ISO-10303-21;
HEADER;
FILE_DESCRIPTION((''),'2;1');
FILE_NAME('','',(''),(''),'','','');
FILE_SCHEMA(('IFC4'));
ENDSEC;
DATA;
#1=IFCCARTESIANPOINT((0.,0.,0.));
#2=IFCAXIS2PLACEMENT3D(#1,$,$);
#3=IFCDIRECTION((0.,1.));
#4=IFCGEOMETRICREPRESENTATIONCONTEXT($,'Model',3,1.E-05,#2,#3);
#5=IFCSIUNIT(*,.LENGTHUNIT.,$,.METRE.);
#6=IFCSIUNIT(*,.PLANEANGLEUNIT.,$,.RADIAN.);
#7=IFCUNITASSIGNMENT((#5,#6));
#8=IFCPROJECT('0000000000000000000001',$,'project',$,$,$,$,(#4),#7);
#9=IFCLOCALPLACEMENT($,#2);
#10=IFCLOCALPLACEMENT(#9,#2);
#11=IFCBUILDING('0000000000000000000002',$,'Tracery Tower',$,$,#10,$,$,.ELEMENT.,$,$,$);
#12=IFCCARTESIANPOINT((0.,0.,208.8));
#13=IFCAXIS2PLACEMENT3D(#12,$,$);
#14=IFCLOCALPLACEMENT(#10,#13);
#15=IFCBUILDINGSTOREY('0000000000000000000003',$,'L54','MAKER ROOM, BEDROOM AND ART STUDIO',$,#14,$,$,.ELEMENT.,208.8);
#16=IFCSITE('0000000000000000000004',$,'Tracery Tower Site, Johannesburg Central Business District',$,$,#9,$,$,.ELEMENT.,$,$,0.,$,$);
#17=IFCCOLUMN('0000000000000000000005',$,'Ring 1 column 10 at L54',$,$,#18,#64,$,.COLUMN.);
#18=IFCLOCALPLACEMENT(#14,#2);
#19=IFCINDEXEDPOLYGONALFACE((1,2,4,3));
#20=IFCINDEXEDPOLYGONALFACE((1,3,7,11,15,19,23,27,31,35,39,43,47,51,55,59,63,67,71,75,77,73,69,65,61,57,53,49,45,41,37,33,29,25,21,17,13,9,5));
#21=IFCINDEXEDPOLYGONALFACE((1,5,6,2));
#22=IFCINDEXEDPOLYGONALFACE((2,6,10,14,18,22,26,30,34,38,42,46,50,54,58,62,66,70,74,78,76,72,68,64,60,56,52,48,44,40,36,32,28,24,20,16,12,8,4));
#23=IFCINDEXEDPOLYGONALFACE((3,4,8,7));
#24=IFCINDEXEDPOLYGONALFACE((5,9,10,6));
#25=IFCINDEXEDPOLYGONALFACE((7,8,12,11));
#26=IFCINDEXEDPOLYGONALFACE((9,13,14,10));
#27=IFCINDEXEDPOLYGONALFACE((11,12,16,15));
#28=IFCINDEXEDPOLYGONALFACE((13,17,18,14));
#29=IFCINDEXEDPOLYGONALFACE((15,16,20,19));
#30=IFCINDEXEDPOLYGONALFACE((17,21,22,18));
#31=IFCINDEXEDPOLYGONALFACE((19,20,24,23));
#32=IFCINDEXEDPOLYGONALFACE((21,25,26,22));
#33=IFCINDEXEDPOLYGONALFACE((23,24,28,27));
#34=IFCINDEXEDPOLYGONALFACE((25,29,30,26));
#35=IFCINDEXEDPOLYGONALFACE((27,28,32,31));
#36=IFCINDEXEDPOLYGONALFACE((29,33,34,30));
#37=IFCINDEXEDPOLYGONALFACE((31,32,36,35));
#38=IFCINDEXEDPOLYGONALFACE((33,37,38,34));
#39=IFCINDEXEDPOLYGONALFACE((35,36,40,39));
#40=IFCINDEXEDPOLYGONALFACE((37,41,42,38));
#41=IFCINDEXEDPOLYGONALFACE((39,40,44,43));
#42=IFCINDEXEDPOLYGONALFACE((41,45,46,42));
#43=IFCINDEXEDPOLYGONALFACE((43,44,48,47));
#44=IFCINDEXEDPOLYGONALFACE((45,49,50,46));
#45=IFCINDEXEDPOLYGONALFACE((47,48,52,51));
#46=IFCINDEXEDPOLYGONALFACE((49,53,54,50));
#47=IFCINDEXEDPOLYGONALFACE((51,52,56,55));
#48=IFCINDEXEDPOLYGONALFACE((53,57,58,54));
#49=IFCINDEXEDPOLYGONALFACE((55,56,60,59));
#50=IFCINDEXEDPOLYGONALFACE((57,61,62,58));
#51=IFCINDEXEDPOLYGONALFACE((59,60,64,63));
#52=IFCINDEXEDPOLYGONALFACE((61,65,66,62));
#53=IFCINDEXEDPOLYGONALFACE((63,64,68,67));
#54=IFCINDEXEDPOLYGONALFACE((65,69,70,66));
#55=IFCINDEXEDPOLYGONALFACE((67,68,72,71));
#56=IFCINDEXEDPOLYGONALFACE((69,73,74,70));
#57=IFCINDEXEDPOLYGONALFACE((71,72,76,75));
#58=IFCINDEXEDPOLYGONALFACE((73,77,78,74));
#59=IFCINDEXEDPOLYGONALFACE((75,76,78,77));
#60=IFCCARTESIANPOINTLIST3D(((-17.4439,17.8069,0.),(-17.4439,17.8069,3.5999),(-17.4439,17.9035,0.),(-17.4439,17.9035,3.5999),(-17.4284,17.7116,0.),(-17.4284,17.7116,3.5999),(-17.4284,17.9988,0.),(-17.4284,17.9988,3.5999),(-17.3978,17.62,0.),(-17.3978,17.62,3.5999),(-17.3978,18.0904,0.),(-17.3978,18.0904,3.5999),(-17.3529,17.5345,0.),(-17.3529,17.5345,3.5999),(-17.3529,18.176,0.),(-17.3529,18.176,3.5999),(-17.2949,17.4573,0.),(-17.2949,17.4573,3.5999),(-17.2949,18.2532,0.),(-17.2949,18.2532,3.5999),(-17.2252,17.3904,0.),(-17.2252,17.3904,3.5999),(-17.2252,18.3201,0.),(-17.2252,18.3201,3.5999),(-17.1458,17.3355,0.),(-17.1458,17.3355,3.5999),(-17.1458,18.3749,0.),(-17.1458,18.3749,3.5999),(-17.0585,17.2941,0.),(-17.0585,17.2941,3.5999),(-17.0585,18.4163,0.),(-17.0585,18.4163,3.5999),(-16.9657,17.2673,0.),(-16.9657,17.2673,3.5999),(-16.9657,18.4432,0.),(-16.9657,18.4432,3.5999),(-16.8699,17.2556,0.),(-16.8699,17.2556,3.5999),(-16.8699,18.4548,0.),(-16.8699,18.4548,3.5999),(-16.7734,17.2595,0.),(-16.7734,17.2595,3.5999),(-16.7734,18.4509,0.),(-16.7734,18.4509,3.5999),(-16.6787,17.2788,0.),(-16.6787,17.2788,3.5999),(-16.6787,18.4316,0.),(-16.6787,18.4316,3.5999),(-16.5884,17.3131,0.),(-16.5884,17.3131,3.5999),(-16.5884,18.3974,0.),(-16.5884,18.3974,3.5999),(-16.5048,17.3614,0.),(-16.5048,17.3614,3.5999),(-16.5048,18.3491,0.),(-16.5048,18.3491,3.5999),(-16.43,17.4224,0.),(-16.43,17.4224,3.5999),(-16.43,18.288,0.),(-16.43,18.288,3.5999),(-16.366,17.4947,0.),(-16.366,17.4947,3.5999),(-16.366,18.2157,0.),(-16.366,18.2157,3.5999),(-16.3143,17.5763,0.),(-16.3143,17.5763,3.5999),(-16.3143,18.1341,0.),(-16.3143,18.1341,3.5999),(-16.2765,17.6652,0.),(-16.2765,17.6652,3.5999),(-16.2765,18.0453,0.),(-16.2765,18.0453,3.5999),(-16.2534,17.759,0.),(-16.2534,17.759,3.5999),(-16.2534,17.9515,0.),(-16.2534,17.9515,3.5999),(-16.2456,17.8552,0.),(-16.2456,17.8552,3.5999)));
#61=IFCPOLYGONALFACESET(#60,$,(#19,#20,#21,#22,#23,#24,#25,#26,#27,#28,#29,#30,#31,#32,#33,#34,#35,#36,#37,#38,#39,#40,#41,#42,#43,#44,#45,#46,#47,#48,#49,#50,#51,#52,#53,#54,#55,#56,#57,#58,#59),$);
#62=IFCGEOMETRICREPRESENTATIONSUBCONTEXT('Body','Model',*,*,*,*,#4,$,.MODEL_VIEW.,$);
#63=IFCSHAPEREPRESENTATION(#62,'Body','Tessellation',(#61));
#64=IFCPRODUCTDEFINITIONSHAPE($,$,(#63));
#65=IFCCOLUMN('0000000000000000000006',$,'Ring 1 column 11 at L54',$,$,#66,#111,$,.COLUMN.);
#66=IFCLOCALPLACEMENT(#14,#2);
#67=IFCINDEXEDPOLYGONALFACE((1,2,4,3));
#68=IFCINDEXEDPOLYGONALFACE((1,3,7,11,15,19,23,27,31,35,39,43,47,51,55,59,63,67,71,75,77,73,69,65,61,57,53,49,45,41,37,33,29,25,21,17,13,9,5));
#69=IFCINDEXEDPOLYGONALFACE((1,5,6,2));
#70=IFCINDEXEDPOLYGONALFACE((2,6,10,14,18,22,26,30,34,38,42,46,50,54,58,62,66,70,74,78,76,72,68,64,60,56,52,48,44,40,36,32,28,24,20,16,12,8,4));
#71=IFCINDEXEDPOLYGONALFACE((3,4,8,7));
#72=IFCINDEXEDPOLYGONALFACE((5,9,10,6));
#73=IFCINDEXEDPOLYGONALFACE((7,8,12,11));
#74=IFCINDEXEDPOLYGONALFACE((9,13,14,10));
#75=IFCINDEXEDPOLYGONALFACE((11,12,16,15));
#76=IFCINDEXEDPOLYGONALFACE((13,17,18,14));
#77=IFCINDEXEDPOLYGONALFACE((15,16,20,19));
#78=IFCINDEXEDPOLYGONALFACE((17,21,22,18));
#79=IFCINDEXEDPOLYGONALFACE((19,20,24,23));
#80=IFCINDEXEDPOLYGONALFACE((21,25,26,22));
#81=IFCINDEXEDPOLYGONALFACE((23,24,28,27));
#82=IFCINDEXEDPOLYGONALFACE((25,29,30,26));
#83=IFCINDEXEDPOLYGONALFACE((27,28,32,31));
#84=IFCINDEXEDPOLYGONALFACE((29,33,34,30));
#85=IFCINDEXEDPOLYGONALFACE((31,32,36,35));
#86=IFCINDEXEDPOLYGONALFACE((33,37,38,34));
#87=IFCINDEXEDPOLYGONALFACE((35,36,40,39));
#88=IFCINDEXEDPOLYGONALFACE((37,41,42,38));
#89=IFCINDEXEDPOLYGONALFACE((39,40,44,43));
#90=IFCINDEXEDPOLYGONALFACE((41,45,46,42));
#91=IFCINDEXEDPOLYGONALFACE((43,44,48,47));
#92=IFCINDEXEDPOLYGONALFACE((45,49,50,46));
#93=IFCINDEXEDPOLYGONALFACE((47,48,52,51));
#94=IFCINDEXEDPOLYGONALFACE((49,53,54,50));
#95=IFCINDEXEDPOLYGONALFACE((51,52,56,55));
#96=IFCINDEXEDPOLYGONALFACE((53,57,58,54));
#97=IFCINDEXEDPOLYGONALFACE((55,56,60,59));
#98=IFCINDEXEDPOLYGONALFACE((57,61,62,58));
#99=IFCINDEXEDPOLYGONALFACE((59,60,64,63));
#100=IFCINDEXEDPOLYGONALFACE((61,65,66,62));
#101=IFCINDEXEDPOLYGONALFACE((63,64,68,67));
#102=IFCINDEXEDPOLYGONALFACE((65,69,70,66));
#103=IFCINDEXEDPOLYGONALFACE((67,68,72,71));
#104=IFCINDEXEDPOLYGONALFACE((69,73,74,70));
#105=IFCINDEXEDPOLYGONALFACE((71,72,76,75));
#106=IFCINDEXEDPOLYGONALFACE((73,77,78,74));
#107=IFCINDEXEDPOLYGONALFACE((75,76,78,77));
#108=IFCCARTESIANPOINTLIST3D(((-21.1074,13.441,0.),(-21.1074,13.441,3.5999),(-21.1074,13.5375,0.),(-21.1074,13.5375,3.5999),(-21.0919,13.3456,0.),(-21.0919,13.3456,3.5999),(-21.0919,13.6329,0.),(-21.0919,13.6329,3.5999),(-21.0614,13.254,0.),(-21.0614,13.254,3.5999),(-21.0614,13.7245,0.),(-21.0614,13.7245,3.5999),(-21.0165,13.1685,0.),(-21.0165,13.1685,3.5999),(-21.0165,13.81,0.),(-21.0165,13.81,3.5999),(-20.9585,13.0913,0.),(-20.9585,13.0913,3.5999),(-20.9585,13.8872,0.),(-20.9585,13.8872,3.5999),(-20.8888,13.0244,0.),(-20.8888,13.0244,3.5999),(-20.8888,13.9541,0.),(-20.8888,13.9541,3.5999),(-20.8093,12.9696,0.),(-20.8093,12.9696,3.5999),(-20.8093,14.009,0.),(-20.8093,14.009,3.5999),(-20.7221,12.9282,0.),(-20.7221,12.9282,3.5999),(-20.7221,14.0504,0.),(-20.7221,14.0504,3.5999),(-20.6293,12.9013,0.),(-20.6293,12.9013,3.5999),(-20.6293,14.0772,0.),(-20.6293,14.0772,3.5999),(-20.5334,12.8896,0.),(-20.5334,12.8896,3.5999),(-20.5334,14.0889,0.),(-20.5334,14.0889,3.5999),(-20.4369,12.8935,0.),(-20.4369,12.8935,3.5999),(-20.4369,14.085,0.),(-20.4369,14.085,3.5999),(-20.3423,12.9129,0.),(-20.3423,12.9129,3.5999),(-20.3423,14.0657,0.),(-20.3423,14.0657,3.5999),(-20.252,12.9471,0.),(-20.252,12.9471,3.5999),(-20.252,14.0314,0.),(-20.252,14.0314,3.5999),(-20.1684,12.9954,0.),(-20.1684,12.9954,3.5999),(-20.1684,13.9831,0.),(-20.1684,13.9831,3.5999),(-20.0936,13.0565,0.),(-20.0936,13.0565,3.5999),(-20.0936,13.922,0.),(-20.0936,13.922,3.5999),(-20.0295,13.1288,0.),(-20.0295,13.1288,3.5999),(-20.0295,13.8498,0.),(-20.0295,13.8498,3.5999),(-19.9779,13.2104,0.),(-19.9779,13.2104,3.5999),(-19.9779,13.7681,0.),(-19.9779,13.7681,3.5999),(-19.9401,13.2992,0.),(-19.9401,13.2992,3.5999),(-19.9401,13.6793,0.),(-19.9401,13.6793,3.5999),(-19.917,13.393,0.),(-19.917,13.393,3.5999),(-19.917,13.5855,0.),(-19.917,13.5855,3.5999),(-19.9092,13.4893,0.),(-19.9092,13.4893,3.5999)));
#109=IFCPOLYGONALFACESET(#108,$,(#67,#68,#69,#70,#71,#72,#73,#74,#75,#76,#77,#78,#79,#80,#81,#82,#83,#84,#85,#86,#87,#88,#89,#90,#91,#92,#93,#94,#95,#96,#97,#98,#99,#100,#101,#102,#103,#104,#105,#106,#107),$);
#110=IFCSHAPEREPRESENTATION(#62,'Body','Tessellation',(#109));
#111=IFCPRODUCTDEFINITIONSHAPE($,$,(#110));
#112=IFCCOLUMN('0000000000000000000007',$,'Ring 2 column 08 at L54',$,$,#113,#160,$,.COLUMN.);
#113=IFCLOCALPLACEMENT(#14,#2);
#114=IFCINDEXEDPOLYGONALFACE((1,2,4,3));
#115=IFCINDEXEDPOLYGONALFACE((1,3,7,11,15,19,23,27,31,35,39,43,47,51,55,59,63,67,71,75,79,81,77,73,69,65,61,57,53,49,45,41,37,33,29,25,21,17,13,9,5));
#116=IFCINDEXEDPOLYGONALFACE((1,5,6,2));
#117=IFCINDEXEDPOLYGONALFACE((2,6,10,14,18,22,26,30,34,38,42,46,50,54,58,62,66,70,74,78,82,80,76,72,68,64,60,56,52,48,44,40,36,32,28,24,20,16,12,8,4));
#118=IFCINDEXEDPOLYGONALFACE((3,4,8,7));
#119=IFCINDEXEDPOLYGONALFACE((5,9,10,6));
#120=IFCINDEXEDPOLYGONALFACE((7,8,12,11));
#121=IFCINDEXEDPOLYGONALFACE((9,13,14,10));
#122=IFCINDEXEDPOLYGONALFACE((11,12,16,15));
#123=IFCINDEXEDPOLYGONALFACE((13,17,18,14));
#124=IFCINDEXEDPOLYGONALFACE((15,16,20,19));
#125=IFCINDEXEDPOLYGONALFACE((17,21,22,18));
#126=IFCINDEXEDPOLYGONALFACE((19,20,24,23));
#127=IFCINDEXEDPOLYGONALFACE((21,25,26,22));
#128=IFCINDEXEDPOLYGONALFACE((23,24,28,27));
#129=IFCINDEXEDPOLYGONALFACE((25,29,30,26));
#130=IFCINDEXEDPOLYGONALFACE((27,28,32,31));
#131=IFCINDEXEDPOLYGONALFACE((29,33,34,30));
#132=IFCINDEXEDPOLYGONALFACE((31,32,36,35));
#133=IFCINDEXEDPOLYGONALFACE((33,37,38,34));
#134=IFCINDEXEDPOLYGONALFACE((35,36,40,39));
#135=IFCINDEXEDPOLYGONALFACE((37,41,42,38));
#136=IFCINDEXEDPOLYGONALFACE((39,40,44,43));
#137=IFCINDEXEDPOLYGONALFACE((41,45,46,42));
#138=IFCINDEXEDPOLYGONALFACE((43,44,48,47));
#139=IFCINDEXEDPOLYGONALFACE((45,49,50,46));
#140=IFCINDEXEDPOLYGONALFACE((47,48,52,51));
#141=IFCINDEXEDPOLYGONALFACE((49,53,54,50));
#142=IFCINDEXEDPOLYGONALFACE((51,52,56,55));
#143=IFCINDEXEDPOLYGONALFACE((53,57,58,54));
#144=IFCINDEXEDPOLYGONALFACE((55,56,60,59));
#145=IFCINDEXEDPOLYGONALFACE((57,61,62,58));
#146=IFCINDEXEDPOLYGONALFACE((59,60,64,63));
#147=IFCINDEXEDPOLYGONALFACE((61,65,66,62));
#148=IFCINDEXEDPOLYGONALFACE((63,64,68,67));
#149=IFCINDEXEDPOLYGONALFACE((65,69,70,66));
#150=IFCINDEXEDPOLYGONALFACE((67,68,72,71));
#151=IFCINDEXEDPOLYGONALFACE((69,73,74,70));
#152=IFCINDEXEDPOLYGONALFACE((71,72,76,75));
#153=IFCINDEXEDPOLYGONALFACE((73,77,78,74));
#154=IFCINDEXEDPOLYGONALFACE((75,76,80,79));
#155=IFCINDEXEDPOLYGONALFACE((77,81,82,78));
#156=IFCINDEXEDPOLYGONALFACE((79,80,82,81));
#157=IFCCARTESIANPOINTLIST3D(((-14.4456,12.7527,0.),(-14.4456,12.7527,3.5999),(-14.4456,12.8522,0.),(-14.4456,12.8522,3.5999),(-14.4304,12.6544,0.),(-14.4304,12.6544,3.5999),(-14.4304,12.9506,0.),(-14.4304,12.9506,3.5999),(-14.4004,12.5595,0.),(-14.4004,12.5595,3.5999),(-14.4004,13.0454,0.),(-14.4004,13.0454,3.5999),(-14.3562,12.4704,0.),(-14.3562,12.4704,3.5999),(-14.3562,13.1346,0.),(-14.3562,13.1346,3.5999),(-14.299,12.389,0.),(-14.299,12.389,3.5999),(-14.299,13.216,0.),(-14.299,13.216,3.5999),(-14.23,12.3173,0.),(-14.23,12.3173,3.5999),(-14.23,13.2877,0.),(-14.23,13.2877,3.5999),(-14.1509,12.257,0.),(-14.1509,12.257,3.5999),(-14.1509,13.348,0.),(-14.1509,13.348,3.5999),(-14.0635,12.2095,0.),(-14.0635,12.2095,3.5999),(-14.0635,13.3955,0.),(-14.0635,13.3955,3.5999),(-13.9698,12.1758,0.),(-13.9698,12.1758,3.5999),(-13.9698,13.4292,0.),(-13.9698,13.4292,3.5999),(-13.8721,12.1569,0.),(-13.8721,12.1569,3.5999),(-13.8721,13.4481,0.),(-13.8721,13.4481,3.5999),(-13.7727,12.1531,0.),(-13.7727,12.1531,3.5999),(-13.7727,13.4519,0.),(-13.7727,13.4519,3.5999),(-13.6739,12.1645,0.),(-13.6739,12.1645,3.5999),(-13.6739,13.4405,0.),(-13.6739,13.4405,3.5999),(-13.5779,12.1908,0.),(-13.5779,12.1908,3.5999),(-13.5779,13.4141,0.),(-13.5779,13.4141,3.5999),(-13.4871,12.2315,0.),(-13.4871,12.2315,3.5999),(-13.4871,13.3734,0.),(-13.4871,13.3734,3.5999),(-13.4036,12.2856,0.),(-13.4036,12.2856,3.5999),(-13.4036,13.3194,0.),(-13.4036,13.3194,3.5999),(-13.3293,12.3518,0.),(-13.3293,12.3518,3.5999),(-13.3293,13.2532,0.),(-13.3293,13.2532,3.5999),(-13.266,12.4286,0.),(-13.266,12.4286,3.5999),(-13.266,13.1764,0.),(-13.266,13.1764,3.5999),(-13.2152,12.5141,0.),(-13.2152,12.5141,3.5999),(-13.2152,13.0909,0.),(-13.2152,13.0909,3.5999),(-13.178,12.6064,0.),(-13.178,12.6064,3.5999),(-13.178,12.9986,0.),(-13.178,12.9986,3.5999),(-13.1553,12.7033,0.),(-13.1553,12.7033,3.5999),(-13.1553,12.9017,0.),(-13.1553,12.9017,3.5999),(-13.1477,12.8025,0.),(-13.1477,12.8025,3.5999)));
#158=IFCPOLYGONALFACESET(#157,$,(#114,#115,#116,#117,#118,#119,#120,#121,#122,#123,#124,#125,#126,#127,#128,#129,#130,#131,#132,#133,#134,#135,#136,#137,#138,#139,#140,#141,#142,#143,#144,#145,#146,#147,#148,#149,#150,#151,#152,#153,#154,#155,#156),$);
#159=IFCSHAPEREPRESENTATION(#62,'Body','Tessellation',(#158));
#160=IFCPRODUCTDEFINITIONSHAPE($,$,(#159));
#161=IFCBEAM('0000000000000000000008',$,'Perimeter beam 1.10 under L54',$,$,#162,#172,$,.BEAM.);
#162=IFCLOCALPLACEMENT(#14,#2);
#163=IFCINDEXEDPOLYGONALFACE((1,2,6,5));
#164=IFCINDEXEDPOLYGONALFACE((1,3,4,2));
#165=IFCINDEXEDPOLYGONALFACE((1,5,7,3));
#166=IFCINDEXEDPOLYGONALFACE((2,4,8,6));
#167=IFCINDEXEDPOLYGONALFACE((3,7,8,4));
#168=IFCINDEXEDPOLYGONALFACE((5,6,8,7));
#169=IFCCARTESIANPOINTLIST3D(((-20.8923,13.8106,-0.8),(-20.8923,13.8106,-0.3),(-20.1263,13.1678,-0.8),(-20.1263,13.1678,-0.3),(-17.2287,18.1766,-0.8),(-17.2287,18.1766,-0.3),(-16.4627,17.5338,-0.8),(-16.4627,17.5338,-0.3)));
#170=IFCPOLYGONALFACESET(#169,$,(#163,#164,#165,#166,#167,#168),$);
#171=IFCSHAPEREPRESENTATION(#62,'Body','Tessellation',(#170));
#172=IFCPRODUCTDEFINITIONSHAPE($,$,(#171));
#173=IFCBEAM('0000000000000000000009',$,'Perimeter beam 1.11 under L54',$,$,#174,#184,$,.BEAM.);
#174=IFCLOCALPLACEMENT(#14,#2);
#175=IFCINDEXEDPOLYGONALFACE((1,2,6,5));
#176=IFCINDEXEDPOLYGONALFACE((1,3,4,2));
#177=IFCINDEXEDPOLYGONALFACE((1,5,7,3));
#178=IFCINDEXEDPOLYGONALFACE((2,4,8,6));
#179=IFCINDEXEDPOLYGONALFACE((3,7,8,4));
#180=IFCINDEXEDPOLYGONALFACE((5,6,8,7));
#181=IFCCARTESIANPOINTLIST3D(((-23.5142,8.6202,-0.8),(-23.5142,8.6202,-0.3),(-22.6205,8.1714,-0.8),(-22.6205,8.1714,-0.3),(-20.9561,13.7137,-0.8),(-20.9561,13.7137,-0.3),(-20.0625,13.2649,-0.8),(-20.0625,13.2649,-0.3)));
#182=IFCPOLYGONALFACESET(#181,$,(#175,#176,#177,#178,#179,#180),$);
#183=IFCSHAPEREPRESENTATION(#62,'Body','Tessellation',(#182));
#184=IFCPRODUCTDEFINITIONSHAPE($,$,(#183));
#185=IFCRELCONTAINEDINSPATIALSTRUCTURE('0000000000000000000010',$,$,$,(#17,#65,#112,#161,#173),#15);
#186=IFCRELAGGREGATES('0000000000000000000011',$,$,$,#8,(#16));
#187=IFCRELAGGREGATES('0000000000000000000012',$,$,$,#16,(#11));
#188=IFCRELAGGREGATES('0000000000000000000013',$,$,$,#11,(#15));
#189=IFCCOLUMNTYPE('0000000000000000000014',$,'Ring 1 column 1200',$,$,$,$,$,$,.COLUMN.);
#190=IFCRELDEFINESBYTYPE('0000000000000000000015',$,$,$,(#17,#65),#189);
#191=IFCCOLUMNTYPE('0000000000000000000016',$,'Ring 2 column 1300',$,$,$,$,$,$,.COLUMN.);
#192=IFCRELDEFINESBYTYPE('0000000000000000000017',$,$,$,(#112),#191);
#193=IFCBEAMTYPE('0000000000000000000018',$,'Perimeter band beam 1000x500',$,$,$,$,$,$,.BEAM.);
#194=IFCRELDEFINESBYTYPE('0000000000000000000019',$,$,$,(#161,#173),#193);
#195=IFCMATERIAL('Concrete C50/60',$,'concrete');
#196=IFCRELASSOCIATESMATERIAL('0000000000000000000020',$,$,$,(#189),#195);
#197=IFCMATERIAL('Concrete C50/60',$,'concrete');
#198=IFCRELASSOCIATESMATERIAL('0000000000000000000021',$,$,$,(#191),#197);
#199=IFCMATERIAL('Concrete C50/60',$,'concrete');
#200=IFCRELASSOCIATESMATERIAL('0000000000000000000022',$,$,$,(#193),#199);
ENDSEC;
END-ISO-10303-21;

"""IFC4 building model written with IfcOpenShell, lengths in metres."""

from ifc_helpers import new_model, si_unit, direction, frame, origin, origin_2d, place, context, subcontext, project, spatial, rectangle, circle, extrude, material, material_profile, profile_set, type_object, element, save


model = new_model("IFC4")

# Units and contexts
model_context = context("Model", 3, precision=1e-05, world=origin(), true_north=direction((0.0, 1.0)))
body_context = subcontext(model_context, "Body", "Model", "MODEL_VIEW")
ifc_project = project(units=[si_unit("LENGTHUNIT", "METRE"), si_unit("PLANEANGLEUNIT", "RADIAN")], contexts=[model_context])

# Site, building, storey
site_placement = place(None, origin())
site = spatial("IfcSite", under=ifc_project, at=site_placement, Name="Tracery Tower Site, Johannesburg Central Business District", CompositionType="ELEMENT", RefElevation=0.0)
building_placement = place(site_placement, origin())
building = spatial("IfcBuilding", under=site, at=building_placement, Name="Tracery Tower", CompositionType="ELEMENT")
storey_placement = place(building_placement, frame((0.0, 0.0, 208.8)))
storey = spatial("IfcBuildingStorey", under=building, at=storey_placement, Name="L54", Description="MAKER ROOM, BEDROOM AND ART STUDIO", CompositionType="ELEMENT", Elevation=208.8)

# Columns
ifc_material_1 = material(Name="Concrete C50/60", Category="concrete")
ifc_material_profile_1 = material_profile(ifc_material_1, circle(Radius=0.6001, at=origin_2d()), Name="RC D1200")
ifc_profile_set_1 = profile_set([ifc_material_profile_1], Name="Concrete C50/60")
column_type_1 = type_object("IfcColumnType", Name="Ring 1 column 1200", PredefinedType="COLUMN", material=ifc_profile_set_1)
for number, where, z_axis, x_axis, name in (
    (1, (-16.8457, 17.8552, 0.0), (0.0, 0.0, 1.0), (1.0, 0.0, 0.0), "Ring 1 column 10 at L54"),
    (2, (-20.5093, 13.4893, 0.0), (0.0, 0.0, 1.0), (1.0, 0.0, 0.0), "Ring 1 column 11 at L54"),
):
    element("IfcColumn", number, at=place(storey_placement, frame(where, z_axis=z_axis, x_axis=x_axis)), inside=storey, type_object=column_type_1, Name=name, PredefinedType="COLUMN", context=body_context, shape_type="SweptSolid", body=[
        extrude(circle(Radius=0.6001, at=origin_2d()), origin(), (0.0, 0.0, 1.0), 3.5999),
    ])
ifc_material_2 = material(Name="Concrete C50/60", Category="concrete")
ifc_material_profile_2 = material_profile(ifc_material_2, circle(Radius=0.6499, at=origin_2d()), Name="RC D1300")
ifc_profile_set_2 = profile_set([ifc_material_profile_2], Name="Concrete C50/60")
column_type_2 = type_object("IfcColumnType", Name="Ring 2 column 1300", PredefinedType="COLUMN", material=ifc_profile_set_2)
column_placement = place(storey_placement, frame((-13.7976, 12.8025, 0.0), z_axis=(0.0, 0.0, 1.0), x_axis=(1.0, 0.0, 0.0)))
element("IfcColumn", 3, at=column_placement, inside=storey, type_object=column_type_2, Name="Ring 2 column 08 at L54", PredefinedType="COLUMN", context=body_context, shape_type="SweptSolid", body=[
    extrude(circle(Radius=0.6499, at=origin_2d()), origin(), (0.0, 0.0, 1.0), 3.5999),
])

# Beams
ifc_material_3 = material(Name="Concrete C50/60", Category="concrete")
ifc_material_profile_3 = material_profile(ifc_material_3, rectangle(XDim=1.0, YDim=0.5, at=origin_2d()), Name="RC 1000x500")
ifc_profile_set_3 = profile_set([ifc_material_profile_3], Name="Concrete C50/60")
beam_type = type_object("IfcBeamType", Name="Perimeter band beam 1000x500", PredefinedType="BEAM", material=ifc_profile_set_3)
beam_1_placement = place(storey_placement, frame((-16.8457, 17.8552, -0.55), z_axis=(-0.642797, -0.766036, 0.0), x_axis=(0.766036, -0.642797, 0.0)))
element("IfcBeam", 4, at=beam_1_placement, inside=storey, type_object=beam_type, Name="Perimeter beam 1.10 under L54", PredefinedType="BEAM", context=body_context, shape_type="SweptSolid", body=[
    extrude(rectangle(XDim=1.0, YDim=0.5, at=origin_2d()), origin(), (0.0, 0.0, 1.0), 5.6995),
])
beam_2_placement = place(storey_placement, frame((-20.5093, 13.4893, -0.55), z_axis=(-0.448806, -0.893629, 0.0), x_axis=(0.893629, -0.448806, 0.0)))
element("IfcBeam", 5, at=beam_2_placement, inside=storey, type_object=beam_type, Name="Perimeter beam 1.11 under L54", PredefinedType="BEAM", context=body_context, shape_type="SweptSolid", body=[
    extrude(rectangle(XDim=1.0, YDim=0.5, at=origin_2d()), origin(), (0.0, 0.0, 1.0), 5.6997),
])

save(model, "model.ifc")
